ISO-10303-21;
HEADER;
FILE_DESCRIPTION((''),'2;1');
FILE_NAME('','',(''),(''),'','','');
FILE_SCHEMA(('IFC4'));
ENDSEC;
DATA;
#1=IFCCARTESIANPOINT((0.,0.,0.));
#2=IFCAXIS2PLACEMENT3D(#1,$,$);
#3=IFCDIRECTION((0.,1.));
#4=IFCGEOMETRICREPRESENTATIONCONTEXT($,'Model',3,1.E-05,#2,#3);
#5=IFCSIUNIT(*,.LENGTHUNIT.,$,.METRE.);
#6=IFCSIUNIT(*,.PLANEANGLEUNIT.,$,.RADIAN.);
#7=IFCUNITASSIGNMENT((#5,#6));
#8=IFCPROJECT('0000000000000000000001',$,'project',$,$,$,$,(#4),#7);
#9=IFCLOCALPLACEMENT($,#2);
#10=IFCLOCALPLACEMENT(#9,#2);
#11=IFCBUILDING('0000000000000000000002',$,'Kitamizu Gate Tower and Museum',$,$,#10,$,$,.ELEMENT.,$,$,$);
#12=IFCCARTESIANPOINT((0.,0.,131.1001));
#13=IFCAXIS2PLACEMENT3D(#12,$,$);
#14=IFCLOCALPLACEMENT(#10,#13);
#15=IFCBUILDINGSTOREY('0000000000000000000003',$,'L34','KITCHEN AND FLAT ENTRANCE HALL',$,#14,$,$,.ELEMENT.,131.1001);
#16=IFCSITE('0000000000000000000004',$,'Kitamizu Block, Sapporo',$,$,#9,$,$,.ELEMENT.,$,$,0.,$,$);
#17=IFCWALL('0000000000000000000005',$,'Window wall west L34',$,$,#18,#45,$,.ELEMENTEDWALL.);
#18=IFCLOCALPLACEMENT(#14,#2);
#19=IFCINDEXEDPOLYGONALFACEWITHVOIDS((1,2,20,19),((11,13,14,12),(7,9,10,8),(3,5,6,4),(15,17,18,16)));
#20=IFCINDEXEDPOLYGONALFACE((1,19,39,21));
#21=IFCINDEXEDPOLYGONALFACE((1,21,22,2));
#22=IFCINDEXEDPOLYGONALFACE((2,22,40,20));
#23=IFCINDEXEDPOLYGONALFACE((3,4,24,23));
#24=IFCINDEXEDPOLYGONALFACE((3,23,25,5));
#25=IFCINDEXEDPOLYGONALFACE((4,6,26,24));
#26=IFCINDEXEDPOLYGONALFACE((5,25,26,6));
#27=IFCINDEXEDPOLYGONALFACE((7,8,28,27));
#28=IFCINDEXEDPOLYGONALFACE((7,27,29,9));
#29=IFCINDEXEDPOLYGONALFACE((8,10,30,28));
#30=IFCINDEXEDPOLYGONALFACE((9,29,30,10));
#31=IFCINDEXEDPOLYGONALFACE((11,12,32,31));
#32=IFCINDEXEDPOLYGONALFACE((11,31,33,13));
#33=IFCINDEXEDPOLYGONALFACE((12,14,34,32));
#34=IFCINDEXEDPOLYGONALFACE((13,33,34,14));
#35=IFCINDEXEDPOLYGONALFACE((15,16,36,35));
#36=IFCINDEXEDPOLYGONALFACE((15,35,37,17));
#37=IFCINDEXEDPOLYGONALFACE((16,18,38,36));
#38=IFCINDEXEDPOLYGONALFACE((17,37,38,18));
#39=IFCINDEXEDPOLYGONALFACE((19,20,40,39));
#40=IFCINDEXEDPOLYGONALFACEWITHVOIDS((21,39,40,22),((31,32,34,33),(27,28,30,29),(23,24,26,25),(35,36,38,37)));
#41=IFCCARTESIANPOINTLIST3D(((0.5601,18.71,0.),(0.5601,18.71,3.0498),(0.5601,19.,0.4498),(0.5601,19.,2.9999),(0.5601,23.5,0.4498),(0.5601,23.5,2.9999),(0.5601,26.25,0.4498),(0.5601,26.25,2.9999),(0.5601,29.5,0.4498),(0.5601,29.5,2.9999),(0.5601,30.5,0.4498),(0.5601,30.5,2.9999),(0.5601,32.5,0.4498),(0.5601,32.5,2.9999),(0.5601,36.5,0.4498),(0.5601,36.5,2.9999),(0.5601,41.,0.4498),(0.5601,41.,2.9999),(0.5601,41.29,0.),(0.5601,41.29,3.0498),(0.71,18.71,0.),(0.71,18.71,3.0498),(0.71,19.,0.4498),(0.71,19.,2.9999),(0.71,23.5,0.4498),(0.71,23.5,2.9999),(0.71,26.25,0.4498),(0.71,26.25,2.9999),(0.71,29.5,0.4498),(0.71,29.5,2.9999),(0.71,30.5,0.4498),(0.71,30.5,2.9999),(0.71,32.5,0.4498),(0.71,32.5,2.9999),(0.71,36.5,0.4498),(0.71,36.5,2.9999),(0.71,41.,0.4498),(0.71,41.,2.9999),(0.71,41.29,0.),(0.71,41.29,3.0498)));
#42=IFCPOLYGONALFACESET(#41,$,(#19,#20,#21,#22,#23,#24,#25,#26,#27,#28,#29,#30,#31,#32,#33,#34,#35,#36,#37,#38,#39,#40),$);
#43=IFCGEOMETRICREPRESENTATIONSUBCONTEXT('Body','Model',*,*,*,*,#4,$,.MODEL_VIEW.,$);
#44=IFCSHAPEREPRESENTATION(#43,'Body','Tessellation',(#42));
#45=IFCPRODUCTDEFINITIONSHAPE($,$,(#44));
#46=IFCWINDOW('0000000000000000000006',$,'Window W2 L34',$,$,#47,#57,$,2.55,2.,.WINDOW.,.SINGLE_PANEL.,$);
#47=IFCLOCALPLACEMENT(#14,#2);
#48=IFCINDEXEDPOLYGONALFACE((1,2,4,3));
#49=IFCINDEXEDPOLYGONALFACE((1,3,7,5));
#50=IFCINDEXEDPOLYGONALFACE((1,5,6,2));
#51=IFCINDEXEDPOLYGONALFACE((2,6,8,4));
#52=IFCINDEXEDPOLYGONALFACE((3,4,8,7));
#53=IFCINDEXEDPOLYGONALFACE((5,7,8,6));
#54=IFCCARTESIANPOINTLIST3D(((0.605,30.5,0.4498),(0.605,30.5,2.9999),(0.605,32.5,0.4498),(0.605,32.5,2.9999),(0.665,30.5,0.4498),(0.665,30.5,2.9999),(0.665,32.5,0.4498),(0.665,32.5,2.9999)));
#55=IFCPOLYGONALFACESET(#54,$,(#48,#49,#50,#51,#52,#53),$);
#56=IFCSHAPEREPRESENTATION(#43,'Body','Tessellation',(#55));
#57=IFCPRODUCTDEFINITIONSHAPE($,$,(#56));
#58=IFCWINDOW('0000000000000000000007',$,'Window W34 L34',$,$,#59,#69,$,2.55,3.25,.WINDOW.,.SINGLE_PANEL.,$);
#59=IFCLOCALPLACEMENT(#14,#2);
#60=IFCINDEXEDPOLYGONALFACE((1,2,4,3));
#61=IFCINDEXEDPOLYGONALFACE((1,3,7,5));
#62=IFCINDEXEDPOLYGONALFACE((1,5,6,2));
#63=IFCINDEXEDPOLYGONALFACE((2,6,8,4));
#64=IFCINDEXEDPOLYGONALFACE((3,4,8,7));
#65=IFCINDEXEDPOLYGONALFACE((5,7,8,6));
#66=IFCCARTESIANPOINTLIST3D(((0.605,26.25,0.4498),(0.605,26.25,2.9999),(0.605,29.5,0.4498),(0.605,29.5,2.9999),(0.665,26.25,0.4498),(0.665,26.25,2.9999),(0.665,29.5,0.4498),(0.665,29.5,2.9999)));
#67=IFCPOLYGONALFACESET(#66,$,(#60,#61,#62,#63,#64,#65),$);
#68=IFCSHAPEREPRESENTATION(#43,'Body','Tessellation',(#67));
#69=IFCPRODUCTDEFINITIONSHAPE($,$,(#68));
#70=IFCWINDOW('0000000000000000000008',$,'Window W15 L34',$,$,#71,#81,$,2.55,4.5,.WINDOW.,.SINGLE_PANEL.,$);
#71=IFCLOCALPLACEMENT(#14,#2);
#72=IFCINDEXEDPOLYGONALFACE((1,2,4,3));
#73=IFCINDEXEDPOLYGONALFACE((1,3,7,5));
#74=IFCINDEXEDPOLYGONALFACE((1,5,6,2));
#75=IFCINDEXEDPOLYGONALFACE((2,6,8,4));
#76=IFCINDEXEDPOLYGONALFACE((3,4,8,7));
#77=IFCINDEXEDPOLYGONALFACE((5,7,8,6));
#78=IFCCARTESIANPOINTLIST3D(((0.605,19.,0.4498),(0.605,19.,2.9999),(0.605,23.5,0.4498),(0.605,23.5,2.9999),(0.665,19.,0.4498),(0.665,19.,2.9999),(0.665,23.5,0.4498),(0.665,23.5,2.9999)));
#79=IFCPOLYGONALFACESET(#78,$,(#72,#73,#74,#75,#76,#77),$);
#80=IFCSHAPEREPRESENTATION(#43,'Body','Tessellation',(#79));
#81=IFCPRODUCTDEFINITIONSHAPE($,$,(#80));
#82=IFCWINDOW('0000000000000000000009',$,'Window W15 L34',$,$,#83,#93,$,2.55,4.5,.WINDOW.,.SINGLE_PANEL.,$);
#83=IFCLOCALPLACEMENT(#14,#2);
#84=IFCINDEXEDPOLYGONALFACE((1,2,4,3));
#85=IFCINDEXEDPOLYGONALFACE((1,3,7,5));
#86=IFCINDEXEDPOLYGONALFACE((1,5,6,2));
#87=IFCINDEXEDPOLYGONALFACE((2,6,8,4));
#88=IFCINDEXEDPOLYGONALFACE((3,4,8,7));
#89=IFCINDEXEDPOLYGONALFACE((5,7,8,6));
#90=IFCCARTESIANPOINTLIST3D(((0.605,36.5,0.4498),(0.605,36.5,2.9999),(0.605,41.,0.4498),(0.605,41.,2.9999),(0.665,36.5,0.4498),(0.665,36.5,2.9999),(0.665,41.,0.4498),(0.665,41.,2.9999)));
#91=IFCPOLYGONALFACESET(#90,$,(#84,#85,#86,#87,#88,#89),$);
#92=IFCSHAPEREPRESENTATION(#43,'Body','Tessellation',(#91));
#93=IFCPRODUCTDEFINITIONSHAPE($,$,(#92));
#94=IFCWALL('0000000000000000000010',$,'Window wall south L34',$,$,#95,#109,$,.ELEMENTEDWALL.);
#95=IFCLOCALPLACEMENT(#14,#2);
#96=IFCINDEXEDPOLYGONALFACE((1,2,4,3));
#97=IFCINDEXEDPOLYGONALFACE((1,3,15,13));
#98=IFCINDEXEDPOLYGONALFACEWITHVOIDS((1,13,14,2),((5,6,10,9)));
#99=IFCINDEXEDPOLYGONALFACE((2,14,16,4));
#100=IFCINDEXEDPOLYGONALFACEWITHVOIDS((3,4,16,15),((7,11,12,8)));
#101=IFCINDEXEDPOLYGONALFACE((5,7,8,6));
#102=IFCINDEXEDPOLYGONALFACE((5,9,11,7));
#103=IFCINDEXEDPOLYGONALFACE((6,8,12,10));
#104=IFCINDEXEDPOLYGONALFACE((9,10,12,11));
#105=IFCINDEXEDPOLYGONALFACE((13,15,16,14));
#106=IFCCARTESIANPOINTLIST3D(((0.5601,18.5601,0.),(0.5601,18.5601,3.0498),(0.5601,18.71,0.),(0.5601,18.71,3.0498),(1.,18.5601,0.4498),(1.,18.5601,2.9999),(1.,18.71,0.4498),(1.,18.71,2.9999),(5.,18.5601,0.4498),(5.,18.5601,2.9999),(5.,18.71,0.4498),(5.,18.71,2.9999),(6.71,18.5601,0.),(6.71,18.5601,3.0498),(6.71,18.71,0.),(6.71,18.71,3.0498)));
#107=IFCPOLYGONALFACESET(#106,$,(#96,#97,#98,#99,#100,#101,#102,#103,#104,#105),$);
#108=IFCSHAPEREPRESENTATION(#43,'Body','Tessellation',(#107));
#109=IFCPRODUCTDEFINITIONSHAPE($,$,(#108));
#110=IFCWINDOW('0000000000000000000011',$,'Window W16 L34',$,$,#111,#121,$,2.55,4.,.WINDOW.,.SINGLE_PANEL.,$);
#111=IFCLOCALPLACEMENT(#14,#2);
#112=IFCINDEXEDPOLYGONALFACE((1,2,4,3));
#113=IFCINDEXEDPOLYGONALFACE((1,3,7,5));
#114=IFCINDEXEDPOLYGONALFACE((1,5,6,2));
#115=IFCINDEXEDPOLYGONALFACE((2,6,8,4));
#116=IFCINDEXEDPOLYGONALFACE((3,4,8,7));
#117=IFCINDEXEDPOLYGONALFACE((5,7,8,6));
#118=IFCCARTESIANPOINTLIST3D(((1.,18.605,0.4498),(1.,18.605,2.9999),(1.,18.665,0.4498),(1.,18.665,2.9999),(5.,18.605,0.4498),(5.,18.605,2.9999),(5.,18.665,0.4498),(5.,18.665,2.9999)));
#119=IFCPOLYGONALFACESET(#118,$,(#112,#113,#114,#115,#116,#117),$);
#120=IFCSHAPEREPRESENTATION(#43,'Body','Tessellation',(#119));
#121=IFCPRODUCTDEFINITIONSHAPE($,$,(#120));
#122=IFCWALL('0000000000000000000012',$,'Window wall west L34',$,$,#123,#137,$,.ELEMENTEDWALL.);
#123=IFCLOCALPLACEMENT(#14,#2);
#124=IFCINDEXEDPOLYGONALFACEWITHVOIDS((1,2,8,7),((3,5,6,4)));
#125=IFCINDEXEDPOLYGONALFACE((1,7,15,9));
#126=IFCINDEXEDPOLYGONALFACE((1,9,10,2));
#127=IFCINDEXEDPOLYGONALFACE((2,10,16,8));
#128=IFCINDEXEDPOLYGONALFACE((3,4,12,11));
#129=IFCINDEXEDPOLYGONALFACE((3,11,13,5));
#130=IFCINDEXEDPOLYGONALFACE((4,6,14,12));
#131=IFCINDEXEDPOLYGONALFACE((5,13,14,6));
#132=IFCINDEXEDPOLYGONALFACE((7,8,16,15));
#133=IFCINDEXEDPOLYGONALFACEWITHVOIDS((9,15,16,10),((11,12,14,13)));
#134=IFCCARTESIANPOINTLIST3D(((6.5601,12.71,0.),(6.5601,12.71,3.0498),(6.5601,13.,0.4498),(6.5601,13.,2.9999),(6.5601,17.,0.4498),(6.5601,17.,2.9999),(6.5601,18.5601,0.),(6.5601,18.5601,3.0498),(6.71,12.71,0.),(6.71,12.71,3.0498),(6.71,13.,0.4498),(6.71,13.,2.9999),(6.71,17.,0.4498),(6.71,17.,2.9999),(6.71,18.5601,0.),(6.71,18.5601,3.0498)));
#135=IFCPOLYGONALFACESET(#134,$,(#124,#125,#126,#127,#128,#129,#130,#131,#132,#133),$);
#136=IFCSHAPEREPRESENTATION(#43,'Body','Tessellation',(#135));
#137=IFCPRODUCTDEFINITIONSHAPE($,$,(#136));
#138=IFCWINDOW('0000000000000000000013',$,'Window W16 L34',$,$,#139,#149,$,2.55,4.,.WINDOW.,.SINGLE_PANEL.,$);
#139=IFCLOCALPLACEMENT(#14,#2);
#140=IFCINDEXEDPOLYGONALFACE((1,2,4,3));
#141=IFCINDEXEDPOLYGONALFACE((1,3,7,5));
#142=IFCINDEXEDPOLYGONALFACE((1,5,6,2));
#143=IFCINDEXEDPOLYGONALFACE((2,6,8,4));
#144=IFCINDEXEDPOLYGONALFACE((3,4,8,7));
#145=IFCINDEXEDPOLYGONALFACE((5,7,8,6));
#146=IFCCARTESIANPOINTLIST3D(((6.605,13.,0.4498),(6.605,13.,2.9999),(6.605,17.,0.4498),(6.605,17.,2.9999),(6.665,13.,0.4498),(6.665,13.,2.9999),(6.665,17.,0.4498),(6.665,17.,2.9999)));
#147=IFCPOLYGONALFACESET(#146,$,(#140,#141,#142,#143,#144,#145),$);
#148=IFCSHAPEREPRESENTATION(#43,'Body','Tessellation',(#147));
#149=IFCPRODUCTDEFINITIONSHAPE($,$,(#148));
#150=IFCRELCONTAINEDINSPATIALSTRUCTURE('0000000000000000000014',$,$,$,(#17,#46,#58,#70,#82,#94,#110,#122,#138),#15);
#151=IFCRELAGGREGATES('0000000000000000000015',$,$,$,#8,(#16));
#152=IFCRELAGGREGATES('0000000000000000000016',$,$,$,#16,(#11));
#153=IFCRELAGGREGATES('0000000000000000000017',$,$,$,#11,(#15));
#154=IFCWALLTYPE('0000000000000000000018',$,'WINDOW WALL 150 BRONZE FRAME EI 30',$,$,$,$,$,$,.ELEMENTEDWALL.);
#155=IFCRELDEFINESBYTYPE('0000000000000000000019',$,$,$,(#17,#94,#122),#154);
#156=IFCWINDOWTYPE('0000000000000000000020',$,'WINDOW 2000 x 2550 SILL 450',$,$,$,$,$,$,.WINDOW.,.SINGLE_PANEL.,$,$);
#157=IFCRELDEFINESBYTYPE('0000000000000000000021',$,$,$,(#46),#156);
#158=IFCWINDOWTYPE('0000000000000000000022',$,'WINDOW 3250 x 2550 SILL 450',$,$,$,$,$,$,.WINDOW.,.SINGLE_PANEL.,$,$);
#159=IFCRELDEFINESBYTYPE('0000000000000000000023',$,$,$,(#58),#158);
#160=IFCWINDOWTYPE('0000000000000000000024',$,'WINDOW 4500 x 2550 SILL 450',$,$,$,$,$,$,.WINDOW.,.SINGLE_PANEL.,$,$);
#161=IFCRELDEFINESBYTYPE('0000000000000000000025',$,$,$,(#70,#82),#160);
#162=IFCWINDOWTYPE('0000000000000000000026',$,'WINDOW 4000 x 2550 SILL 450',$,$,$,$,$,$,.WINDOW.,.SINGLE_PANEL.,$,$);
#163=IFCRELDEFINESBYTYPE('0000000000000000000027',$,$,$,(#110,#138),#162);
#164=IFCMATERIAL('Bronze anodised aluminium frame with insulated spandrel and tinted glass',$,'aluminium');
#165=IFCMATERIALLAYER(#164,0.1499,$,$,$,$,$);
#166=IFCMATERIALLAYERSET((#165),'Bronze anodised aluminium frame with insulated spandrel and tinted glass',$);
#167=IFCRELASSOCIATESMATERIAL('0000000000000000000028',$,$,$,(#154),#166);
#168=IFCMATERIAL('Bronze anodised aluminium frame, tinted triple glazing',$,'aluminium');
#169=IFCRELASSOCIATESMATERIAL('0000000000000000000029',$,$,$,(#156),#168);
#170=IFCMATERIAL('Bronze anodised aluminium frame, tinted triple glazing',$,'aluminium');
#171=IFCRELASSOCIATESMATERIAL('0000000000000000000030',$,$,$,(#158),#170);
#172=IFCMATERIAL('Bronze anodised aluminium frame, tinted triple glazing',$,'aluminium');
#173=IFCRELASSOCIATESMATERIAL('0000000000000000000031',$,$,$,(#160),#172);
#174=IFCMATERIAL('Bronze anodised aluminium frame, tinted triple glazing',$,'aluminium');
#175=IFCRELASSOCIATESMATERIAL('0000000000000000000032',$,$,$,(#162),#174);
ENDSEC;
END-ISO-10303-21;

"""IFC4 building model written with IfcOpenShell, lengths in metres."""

from ifc_helpers import new_model, si_unit, direction, frame, frame_2d, origin, place, context, subcontext, project, spatial, rectangle, extrude, material, layer, layer_set, type_object, element, fill, save


model = new_model("IFC4")

# Units and contexts
model_context = context("Model", 3, precision=1e-05, world=origin(), true_north=direction((0.0, 1.0)))
body_context = subcontext(model_context, "Body", "Model", "MODEL_VIEW")
ifc_project = project(units=[si_unit("LENGTHUNIT", "METRE"), si_unit("PLANEANGLEUNIT", "RADIAN")], contexts=[model_context])

# Site, building, storey
site_placement = place(None, origin())
site = spatial("IfcSite", under=ifc_project, at=site_placement, Name="Kitamizu Block, Sapporo", CompositionType="ELEMENT", RefElevation=0.0)
building_placement = place(site_placement, origin())
building = spatial("IfcBuilding", under=site, at=building_placement, Name="Kitamizu Gate Tower and Museum", CompositionType="ELEMENT")
storey_placement = place(building_placement, frame((0.0, 0.0, 131.1001)))
storey = spatial("IfcBuildingStorey", under=building, at=storey_placement, Name="L34", Description="KITCHEN AND FLAT ENTRANCE HALL", CompositionType="ELEMENT", Elevation=131.1001)

# Wall, openings, windows
ifc_material_1 = material(Name="Bronze anodised aluminium frame with insulated spandrel and tinted glass", Category="aluminium")
ifc_layer = layer(ifc_material_1, 0.1499)
ifc_layer_set = layer_set([ifc_layer], Name="Bronze anodised aluminium frame with insulated spandrel and tinted glass")
wall_type = type_object("IfcWallType", Name="WINDOW WALL 150 BRONZE FRAME EI 30", PredefinedType="ELEMENTEDWALL", material=ifc_layer_set)
ifc_material_2 = material(Name="Bronze anodised aluminium frame, tinted triple glazing", Category="aluminium")
window_type_1 = type_object("IfcWindowType", Name="WINDOW 2000 x 2550 SILL 450", PartitioningType="SINGLE_PANEL", PredefinedType="WINDOW", material=ifc_material_2)
ifc_material_3 = material(Name="Bronze anodised aluminium frame, tinted triple glazing", Category="aluminium")
window_type_2 = type_object("IfcWindowType", Name="WINDOW 3250 x 2550 SILL 450", PartitioningType="SINGLE_PANEL", PredefinedType="WINDOW", material=ifc_material_3)
ifc_material_4 = material(Name="Bronze anodised aluminium frame, tinted triple glazing", Category="aluminium")
window_type_3 = type_object("IfcWindowType", Name="WINDOW 4500 x 2550 SILL 450", PartitioningType="SINGLE_PANEL", PredefinedType="WINDOW", material=ifc_material_4)
wall_1_placement = place(storey_placement, frame((0.635, 18.71, 0.0), z_axis=(0.0, 0.0, 1.0), x_axis=(0.0, 1.0, 0.0)))
wall_1 = element("IfcWall", 1, at=wall_1_placement, inside=storey, type_object=wall_type, Name="Window wall west L34", PredefinedType="ELEMENTEDWALL", context=body_context, shape_type="SweptSolid", body=[
    extrude(rectangle(XDim=22.5801, YDim=0.1499, at=frame_2d((11.29, 0.0))), origin(), (0.0, 0.0, 1.0), 3.0498),
])
opening_1_placement = place(wall_1_placement, frame((0.29, 0.0, 0.45)))
opening_1 = element("IfcOpeningElement", 2, at=opening_1_placement, cuts=wall_1, PredefinedType="OPENING", context=body_context, shape_type="SweptSolid", body=[
    extrude(rectangle(XDim=4.5, YDim=2.55, at=frame_2d((2.25, 1.2749))), frame((0.0, 0.085, 0.0), z_axis=(0.0, -1.0, 0.0), x_axis=(1.0, 0.0, 0.0)), (0.0, 0.0, 1.0), 0.1699),
])
opening_2_placement = place(wall_1_placement, frame((7.54, 0.0, 0.45)))
opening_2 = element("IfcOpeningElement", 3, at=opening_2_placement, cuts=wall_1, PredefinedType="OPENING", context=body_context, shape_type="SweptSolid", body=[
    extrude(rectangle(XDim=3.25, YDim=2.55, at=frame_2d((1.625, 1.2749))), frame((0.0, 0.085, 0.0), z_axis=(0.0, -1.0, 0.0), x_axis=(1.0, 0.0, 0.0)), (0.0, 0.0, 1.0), 0.1699),
])
opening_3_placement = place(wall_1_placement, frame((11.79, 0.0, 0.45)))
opening_3 = element("IfcOpeningElement", 4, at=opening_3_placement, cuts=wall_1, PredefinedType="OPENING", context=body_context, shape_type="SweptSolid", body=[
    extrude(rectangle(XDim=2.0, YDim=2.55, at=frame_2d((1.0, 1.2749))), frame((0.0, 0.085, 0.0), z_axis=(0.0, -1.0, 0.0), x_axis=(1.0, 0.0, 0.0)), (0.0, 0.0, 1.0), 0.1699),
])
opening_4_placement = place(wall_1_placement, frame((17.79, 0.0, 0.45)))
opening_4 = element("IfcOpeningElement", 5, at=opening_4_placement, cuts=wall_1, PredefinedType="OPENING", context=body_context, shape_type="SweptSolid", body=[
    extrude(rectangle(XDim=4.5, YDim=2.55, at=frame_2d((2.25, 1.2749))), frame((0.0, 0.085, 0.0), z_axis=(0.0, -1.0, 0.0), x_axis=(1.0, 0.0, 0.0)), (0.0, 0.0, 1.0), 0.1699),
])
window_1_placement = place(opening_3_placement, origin())
window_1 = element("IfcWindow", 6, at=window_1_placement, inside=storey, type_object=window_type_1, Name="Window W2 L34", OverallHeight=2.55, OverallWidth=2.0, PartitioningType="SINGLE_PANEL", PredefinedType="WINDOW", context=body_context, shape_type="SweptSolid", body=[
    extrude(rectangle(XDim=2.0, YDim=2.55, at=frame_2d((1.0, 1.2749))), frame((0.0, 0.03, 0.0), z_axis=(0.0, -1.0, 0.0), x_axis=(1.0, 0.0, 0.0)), (0.0, 0.0, 1.0), 0.0601),
])
fill(opening_3, window_1)
window_2_placement = place(opening_2_placement, origin())
window_2 = element("IfcWindow", 7, at=window_2_placement, inside=storey, type_object=window_type_2, Name="Window W34 L34", OverallHeight=2.55, OverallWidth=3.25, PartitioningType="SINGLE_PANEL", PredefinedType="WINDOW", context=body_context, shape_type="SweptSolid", body=[
    extrude(rectangle(XDim=3.25, YDim=2.55, at=frame_2d((1.625, 1.2749))), frame((0.0, 0.03, 0.0), z_axis=(0.0, -1.0, 0.0), x_axis=(1.0, 0.0, 0.0)), (0.0, 0.0, 1.0), 0.0601),
])
fill(opening_2, window_2)
window_3_placement = place(opening_1_placement, origin())
window_3 = element("IfcWindow", 8, at=window_3_placement, inside=storey, type_object=window_type_3, Name="Window W15 L34", OverallHeight=2.55, OverallWidth=4.5, PartitioningType="SINGLE_PANEL", PredefinedType="WINDOW", context=body_context, shape_type="SweptSolid", body=[
    extrude(rectangle(XDim=4.5, YDim=2.55, at=frame_2d((2.25, 1.2749))), frame((0.0, 0.03, 0.0), z_axis=(0.0, -1.0, 0.0), x_axis=(1.0, 0.0, 0.0)), (0.0, 0.0, 1.0), 0.0601),
])
fill(opening_1, window_3)
window_4_placement = place(opening_4_placement, origin())
window_4 = element("IfcWindow", 9, at=window_4_placement, inside=storey, type_object=window_type_3, Name="Window W15 L34", OverallHeight=2.55, OverallWidth=4.5, PartitioningType="SINGLE_PANEL", PredefinedType="WINDOW", context=body_context, shape_type="SweptSolid", body=[
    extrude(rectangle(XDim=4.5, YDim=2.55, at=frame_2d((2.25, 1.2749))), frame((0.0, 0.03, 0.0), z_axis=(0.0, -1.0, 0.0), x_axis=(1.0, 0.0, 0.0)), (0.0, 0.0, 1.0), 0.0601),
])
fill(opening_4, window_4)

# Walls, openings, windows
wall_2_placement = place(storey_placement, frame((0.5601, 18.635, 0.0), z_axis=(0.0, 0.0, 1.0), x_axis=(1.0, 0.0, 0.0)))
wall_2 = element("IfcWall", 10, at=wall_2_placement, inside=storey, type_object=wall_type, Name="Window wall south L34", PredefinedType="ELEMENTEDWALL", context=body_context, shape_type="SweptSolid", body=[
    extrude(rectangle(XDim=6.1499, YDim=0.1499, at=frame_2d((3.075, 0.0))), origin(), (0.0, 0.0, 1.0), 3.0498),
])
opening_5_placement = place(wall_2_placement, frame((0.4399, 0.0, 0.45)))
opening_5 = element("IfcOpeningElement", 11, at=opening_5_placement, cuts=wall_2, PredefinedType="OPENING", context=body_context, shape_type="SweptSolid", body=[
    extrude(rectangle(XDim=4.0, YDim=2.55, at=frame_2d((2.0, 1.2749))), frame((0.0, 0.085, 0.0), z_axis=(0.0, -1.0, 0.0), x_axis=(1.0, 0.0, 0.0)), (0.0, 0.0, 1.0), 0.1699),
])
ifc_material_5 = material(Name="Bronze anodised aluminium frame, tinted triple glazing", Category="aluminium")
window_type_4 = type_object("IfcWindowType", Name="WINDOW 4000 x 2550 SILL 450", PartitioningType="SINGLE_PANEL", PredefinedType="WINDOW", material=ifc_material_5)
window_5_placement = place(opening_5_placement, origin())
window_5 = element("IfcWindow", 12, at=window_5_placement, inside=storey, type_object=window_type_4, Name="Window W16 L34", OverallHeight=2.55, OverallWidth=4.0, PartitioningType="SINGLE_PANEL", PredefinedType="WINDOW", context=body_context, shape_type="SweptSolid", body=[
    extrude(rectangle(XDim=4.0, YDim=2.55, at=frame_2d((2.0, 1.2749))), frame((0.0, 0.03, 0.0), z_axis=(0.0, -1.0, 0.0), x_axis=(1.0, 0.0, 0.0)), (0.0, 0.0, 1.0), 0.0601),
])
fill(opening_5, window_5)
wall_3_placement = place(storey_placement, frame((6.635, 12.71, 0.0), z_axis=(0.0, 0.0, 1.0), x_axis=(0.0, 1.0, 0.0)))
wall_3 = element("IfcWall", 13, at=wall_3_placement, inside=storey, type_object=wall_type, Name="Window wall west L34", PredefinedType="ELEMENTEDWALL", context=body_context, shape_type="SweptSolid", body=[
    extrude(rectangle(XDim=5.8501, YDim=0.1499, at=frame_2d((2.925, 0.0))), origin(), (0.0, 0.0, 1.0), 3.0498),
])
opening_6_placement = place(wall_3_placement, frame((0.29, 0.0, 0.45)))
opening_6 = element("IfcOpeningElement", 14, at=opening_6_placement, cuts=wall_3, PredefinedType="OPENING", context=body_context, shape_type="SweptSolid", body=[
    extrude(rectangle(XDim=4.0, YDim=2.55, at=frame_2d((2.0, 1.2749))), frame((0.0, 0.085, 0.0), z_axis=(0.0, -1.0, 0.0), x_axis=(1.0, 0.0, 0.0)), (0.0, 0.0, 1.0), 0.1699),
])
window_6_placement = place(opening_6_placement, origin())
window_6 = element("IfcWindow", 15, at=window_6_placement, inside=storey, type_object=window_type_4, Name="Window W16 L34", OverallHeight=2.55, OverallWidth=4.0, PartitioningType="SINGLE_PANEL", PredefinedType="WINDOW", context=body_context, shape_type="SweptSolid", body=[
    extrude(rectangle(XDim=4.0, YDim=2.55, at=frame_2d((2.0, 1.2749))), frame((0.0, 0.03, 0.0), z_axis=(0.0, -1.0, 0.0), x_axis=(1.0, 0.0, 0.0)), (0.0, 0.0, 1.0), 0.0601),
])
fill(opening_6, window_6)

save(model, "model.ifc")
